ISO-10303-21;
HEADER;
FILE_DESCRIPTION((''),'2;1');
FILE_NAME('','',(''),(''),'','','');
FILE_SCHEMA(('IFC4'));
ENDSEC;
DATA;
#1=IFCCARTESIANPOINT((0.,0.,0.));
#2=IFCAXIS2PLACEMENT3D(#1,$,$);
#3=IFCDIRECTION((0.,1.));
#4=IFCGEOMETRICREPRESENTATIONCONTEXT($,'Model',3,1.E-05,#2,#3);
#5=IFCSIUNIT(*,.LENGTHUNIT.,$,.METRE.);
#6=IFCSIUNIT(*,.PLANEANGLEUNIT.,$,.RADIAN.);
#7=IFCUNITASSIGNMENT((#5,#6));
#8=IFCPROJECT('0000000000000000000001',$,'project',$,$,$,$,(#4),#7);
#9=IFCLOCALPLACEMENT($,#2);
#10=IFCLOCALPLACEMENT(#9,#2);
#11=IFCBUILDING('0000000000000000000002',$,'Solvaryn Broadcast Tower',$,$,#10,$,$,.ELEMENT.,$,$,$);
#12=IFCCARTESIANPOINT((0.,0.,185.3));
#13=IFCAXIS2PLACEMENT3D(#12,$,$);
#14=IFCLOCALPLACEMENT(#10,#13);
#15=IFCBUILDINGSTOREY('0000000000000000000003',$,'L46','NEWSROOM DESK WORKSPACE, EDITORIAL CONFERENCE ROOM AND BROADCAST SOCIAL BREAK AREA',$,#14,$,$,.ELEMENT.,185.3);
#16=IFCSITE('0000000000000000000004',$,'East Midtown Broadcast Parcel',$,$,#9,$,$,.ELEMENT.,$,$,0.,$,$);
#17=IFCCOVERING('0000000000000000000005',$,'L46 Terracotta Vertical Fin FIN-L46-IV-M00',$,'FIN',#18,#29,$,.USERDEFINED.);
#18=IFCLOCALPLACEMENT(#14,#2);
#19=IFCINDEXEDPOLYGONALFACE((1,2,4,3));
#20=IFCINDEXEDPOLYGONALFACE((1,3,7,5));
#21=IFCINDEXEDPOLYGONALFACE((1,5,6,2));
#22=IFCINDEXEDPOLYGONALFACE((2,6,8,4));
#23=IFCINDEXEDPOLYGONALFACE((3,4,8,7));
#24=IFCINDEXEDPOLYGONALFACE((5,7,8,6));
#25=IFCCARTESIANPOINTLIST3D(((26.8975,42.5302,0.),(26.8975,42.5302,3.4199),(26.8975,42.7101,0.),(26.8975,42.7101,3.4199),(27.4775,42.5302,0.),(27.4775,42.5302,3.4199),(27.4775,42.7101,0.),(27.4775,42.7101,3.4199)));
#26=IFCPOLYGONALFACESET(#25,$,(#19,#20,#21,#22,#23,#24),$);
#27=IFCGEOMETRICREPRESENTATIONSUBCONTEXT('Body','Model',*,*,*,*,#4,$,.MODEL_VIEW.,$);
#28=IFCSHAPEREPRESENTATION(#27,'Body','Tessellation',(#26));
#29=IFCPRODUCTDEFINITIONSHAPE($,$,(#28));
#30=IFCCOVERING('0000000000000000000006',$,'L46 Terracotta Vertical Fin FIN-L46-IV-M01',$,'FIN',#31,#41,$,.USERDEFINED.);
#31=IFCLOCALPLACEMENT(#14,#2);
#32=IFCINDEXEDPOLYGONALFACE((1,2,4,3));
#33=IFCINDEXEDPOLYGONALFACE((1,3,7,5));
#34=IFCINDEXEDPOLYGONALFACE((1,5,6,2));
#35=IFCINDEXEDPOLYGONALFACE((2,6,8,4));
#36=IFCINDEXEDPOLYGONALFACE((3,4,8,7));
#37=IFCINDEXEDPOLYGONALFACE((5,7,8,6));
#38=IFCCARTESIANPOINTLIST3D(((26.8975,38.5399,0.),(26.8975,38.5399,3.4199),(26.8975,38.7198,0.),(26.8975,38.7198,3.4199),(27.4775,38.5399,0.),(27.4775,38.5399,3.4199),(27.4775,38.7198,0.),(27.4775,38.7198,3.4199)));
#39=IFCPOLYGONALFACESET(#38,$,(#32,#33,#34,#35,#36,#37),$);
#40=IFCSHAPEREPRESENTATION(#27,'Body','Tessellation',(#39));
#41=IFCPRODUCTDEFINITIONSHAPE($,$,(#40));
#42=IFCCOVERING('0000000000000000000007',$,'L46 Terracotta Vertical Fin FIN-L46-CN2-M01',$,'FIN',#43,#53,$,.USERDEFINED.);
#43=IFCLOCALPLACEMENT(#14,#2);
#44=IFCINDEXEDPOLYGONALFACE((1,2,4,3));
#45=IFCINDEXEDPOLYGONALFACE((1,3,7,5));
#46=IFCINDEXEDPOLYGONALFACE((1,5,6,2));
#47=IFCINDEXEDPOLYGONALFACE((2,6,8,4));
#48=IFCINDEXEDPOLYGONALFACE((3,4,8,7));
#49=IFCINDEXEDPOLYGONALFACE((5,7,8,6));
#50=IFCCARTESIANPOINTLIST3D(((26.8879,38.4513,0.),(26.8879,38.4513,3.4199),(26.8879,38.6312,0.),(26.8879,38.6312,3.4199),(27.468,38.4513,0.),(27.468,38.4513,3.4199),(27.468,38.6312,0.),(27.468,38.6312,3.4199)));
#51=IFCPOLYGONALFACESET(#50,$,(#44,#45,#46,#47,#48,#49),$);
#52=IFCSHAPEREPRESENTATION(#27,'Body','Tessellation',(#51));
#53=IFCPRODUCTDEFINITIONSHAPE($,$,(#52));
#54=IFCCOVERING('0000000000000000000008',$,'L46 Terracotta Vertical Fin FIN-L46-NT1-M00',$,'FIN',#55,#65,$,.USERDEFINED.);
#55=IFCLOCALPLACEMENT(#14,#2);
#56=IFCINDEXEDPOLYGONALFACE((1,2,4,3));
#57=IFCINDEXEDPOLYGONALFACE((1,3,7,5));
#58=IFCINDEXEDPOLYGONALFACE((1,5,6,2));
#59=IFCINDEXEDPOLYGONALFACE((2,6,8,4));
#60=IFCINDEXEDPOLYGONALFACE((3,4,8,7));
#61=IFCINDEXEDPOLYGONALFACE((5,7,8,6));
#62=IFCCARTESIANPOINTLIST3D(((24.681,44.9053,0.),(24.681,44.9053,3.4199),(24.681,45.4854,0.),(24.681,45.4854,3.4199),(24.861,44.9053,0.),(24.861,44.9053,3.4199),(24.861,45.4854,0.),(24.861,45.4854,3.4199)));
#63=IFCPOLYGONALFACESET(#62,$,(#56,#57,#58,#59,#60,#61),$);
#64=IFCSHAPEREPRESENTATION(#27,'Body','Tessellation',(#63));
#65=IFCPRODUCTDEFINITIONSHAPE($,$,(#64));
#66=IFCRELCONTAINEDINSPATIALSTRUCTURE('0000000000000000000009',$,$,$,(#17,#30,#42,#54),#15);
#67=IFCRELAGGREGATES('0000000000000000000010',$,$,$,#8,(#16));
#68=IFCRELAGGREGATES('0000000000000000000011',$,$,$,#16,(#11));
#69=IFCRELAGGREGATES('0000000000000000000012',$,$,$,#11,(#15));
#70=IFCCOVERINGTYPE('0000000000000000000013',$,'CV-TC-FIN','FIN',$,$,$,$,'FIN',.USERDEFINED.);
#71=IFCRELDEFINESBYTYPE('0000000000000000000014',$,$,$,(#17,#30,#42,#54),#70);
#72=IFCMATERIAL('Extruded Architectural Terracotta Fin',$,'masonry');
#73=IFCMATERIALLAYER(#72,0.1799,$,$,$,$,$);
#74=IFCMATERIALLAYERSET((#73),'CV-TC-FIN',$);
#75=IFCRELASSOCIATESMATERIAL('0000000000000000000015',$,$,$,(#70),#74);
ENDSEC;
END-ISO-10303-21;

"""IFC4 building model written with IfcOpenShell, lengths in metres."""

from ifc_helpers import new_model, si_unit, direction, frame, origin, origin_2d, place, context, subcontext, project, spatial, rectangle, extrude, material, layer, layer_set, type_object, element, save


model = new_model("IFC4")

# Units and contexts
model_context = context("Model", 3, precision=1e-05, world=origin(), true_north=direction((0.0, 1.0)))
body_context = subcontext(model_context, "Body", "Model", "MODEL_VIEW")
ifc_project = project(units=[si_unit("LENGTHUNIT", "METRE"), si_unit("PLANEANGLEUNIT", "RADIAN")], contexts=[model_context])

# Site, building, storey
site_placement = place(None, origin())
site = spatial("IfcSite", under=ifc_project, at=site_placement, Name="East Midtown Broadcast Parcel", CompositionType="ELEMENT", RefElevation=0.0)
building_placement = place(site_placement, origin())
building = spatial("IfcBuilding", under=site, at=building_placement, Name="Solvaryn Broadcast Tower", CompositionType="ELEMENT")
storey_placement = place(building_placement, frame((0.0, 0.0, 185.3)))
storey = spatial("IfcBuildingStorey", under=building, at=storey_placement, Name="L46", Description="NEWSROOM DESK WORKSPACE, EDITORIAL CONFERENCE ROOM AND BROADCAST SOCIAL BREAK AREA", CompositionType="ELEMENT", Elevation=185.3)

# Coverings
ifc_material_1 = material(Name="Extruded Architectural Terracotta Fin", Category="masonry")
ifc_layer_1 = layer(ifc_material_1, 0.1799)
ifc_layer_set_1 = layer_set([ifc_layer_1], Name="CV-TC-FIN")
covering_type = type_object("IfcCoveringType", Name="CV-TC-FIN", Description="FIN", ElementType="FIN", PredefinedType="USERDEFINED", material=ifc_layer_set_1)
for number, where, z_axis, x_axis, name in (
    (1, (27.1875, 42.6201, 0.0), (0.0, 0.0, 1.0), (1.0, 0.0, 0.0), "L46 Terracotta Vertical Fin FIN-L46-IV-M00"),
    (2, (27.1875, 38.6299, 0.0), (0.0, 0.0, 1.0), (1.0, 0.0, 0.0), "L46 Terracotta Vertical Fin FIN-L46-IV-M01"),
    (3, (27.178, 38.5413, 0.0), (0.0, 0.0, 1.0), (1.0, 0.0, 0.0), "L46 Terracotta Vertical Fin FIN-L46-CN2-M01"),
):
    element("IfcCovering", number, at=place(storey_placement, frame(where, z_axis=z_axis, x_axis=x_axis)), inside=storey, type_object=covering_type, Name=name, ObjectType="FIN", PredefinedType="USERDEFINED", context=body_context, shape_type="SweptSolid", body=[
        extrude(rectangle(XDim=0.5801, YDim=0.1799, at=origin_2d()), origin(), (0.0, 0.0, 1.0), 3.4199),
    ])
covering_placement = place(storey_placement, frame((24.771, 45.1953, 0.0), z_axis=(0.0, 0.0, 1.0), x_axis=(1.0, 0.0, 0.0)))
element("IfcCovering", 4, at=covering_placement, inside=storey, type_object=covering_type, Name="L46 Terracotta Vertical Fin FIN-L46-NT1-M00", ObjectType="FIN", PredefinedType="USERDEFINED", context=body_context, shape_type="SweptSolid", body=[
    extrude(rectangle(XDim=0.1799, YDim=0.5801, at=origin_2d()), origin(), (0.0, 0.0, 1.0), 3.4199),
])

save(model, "model.ifc")
